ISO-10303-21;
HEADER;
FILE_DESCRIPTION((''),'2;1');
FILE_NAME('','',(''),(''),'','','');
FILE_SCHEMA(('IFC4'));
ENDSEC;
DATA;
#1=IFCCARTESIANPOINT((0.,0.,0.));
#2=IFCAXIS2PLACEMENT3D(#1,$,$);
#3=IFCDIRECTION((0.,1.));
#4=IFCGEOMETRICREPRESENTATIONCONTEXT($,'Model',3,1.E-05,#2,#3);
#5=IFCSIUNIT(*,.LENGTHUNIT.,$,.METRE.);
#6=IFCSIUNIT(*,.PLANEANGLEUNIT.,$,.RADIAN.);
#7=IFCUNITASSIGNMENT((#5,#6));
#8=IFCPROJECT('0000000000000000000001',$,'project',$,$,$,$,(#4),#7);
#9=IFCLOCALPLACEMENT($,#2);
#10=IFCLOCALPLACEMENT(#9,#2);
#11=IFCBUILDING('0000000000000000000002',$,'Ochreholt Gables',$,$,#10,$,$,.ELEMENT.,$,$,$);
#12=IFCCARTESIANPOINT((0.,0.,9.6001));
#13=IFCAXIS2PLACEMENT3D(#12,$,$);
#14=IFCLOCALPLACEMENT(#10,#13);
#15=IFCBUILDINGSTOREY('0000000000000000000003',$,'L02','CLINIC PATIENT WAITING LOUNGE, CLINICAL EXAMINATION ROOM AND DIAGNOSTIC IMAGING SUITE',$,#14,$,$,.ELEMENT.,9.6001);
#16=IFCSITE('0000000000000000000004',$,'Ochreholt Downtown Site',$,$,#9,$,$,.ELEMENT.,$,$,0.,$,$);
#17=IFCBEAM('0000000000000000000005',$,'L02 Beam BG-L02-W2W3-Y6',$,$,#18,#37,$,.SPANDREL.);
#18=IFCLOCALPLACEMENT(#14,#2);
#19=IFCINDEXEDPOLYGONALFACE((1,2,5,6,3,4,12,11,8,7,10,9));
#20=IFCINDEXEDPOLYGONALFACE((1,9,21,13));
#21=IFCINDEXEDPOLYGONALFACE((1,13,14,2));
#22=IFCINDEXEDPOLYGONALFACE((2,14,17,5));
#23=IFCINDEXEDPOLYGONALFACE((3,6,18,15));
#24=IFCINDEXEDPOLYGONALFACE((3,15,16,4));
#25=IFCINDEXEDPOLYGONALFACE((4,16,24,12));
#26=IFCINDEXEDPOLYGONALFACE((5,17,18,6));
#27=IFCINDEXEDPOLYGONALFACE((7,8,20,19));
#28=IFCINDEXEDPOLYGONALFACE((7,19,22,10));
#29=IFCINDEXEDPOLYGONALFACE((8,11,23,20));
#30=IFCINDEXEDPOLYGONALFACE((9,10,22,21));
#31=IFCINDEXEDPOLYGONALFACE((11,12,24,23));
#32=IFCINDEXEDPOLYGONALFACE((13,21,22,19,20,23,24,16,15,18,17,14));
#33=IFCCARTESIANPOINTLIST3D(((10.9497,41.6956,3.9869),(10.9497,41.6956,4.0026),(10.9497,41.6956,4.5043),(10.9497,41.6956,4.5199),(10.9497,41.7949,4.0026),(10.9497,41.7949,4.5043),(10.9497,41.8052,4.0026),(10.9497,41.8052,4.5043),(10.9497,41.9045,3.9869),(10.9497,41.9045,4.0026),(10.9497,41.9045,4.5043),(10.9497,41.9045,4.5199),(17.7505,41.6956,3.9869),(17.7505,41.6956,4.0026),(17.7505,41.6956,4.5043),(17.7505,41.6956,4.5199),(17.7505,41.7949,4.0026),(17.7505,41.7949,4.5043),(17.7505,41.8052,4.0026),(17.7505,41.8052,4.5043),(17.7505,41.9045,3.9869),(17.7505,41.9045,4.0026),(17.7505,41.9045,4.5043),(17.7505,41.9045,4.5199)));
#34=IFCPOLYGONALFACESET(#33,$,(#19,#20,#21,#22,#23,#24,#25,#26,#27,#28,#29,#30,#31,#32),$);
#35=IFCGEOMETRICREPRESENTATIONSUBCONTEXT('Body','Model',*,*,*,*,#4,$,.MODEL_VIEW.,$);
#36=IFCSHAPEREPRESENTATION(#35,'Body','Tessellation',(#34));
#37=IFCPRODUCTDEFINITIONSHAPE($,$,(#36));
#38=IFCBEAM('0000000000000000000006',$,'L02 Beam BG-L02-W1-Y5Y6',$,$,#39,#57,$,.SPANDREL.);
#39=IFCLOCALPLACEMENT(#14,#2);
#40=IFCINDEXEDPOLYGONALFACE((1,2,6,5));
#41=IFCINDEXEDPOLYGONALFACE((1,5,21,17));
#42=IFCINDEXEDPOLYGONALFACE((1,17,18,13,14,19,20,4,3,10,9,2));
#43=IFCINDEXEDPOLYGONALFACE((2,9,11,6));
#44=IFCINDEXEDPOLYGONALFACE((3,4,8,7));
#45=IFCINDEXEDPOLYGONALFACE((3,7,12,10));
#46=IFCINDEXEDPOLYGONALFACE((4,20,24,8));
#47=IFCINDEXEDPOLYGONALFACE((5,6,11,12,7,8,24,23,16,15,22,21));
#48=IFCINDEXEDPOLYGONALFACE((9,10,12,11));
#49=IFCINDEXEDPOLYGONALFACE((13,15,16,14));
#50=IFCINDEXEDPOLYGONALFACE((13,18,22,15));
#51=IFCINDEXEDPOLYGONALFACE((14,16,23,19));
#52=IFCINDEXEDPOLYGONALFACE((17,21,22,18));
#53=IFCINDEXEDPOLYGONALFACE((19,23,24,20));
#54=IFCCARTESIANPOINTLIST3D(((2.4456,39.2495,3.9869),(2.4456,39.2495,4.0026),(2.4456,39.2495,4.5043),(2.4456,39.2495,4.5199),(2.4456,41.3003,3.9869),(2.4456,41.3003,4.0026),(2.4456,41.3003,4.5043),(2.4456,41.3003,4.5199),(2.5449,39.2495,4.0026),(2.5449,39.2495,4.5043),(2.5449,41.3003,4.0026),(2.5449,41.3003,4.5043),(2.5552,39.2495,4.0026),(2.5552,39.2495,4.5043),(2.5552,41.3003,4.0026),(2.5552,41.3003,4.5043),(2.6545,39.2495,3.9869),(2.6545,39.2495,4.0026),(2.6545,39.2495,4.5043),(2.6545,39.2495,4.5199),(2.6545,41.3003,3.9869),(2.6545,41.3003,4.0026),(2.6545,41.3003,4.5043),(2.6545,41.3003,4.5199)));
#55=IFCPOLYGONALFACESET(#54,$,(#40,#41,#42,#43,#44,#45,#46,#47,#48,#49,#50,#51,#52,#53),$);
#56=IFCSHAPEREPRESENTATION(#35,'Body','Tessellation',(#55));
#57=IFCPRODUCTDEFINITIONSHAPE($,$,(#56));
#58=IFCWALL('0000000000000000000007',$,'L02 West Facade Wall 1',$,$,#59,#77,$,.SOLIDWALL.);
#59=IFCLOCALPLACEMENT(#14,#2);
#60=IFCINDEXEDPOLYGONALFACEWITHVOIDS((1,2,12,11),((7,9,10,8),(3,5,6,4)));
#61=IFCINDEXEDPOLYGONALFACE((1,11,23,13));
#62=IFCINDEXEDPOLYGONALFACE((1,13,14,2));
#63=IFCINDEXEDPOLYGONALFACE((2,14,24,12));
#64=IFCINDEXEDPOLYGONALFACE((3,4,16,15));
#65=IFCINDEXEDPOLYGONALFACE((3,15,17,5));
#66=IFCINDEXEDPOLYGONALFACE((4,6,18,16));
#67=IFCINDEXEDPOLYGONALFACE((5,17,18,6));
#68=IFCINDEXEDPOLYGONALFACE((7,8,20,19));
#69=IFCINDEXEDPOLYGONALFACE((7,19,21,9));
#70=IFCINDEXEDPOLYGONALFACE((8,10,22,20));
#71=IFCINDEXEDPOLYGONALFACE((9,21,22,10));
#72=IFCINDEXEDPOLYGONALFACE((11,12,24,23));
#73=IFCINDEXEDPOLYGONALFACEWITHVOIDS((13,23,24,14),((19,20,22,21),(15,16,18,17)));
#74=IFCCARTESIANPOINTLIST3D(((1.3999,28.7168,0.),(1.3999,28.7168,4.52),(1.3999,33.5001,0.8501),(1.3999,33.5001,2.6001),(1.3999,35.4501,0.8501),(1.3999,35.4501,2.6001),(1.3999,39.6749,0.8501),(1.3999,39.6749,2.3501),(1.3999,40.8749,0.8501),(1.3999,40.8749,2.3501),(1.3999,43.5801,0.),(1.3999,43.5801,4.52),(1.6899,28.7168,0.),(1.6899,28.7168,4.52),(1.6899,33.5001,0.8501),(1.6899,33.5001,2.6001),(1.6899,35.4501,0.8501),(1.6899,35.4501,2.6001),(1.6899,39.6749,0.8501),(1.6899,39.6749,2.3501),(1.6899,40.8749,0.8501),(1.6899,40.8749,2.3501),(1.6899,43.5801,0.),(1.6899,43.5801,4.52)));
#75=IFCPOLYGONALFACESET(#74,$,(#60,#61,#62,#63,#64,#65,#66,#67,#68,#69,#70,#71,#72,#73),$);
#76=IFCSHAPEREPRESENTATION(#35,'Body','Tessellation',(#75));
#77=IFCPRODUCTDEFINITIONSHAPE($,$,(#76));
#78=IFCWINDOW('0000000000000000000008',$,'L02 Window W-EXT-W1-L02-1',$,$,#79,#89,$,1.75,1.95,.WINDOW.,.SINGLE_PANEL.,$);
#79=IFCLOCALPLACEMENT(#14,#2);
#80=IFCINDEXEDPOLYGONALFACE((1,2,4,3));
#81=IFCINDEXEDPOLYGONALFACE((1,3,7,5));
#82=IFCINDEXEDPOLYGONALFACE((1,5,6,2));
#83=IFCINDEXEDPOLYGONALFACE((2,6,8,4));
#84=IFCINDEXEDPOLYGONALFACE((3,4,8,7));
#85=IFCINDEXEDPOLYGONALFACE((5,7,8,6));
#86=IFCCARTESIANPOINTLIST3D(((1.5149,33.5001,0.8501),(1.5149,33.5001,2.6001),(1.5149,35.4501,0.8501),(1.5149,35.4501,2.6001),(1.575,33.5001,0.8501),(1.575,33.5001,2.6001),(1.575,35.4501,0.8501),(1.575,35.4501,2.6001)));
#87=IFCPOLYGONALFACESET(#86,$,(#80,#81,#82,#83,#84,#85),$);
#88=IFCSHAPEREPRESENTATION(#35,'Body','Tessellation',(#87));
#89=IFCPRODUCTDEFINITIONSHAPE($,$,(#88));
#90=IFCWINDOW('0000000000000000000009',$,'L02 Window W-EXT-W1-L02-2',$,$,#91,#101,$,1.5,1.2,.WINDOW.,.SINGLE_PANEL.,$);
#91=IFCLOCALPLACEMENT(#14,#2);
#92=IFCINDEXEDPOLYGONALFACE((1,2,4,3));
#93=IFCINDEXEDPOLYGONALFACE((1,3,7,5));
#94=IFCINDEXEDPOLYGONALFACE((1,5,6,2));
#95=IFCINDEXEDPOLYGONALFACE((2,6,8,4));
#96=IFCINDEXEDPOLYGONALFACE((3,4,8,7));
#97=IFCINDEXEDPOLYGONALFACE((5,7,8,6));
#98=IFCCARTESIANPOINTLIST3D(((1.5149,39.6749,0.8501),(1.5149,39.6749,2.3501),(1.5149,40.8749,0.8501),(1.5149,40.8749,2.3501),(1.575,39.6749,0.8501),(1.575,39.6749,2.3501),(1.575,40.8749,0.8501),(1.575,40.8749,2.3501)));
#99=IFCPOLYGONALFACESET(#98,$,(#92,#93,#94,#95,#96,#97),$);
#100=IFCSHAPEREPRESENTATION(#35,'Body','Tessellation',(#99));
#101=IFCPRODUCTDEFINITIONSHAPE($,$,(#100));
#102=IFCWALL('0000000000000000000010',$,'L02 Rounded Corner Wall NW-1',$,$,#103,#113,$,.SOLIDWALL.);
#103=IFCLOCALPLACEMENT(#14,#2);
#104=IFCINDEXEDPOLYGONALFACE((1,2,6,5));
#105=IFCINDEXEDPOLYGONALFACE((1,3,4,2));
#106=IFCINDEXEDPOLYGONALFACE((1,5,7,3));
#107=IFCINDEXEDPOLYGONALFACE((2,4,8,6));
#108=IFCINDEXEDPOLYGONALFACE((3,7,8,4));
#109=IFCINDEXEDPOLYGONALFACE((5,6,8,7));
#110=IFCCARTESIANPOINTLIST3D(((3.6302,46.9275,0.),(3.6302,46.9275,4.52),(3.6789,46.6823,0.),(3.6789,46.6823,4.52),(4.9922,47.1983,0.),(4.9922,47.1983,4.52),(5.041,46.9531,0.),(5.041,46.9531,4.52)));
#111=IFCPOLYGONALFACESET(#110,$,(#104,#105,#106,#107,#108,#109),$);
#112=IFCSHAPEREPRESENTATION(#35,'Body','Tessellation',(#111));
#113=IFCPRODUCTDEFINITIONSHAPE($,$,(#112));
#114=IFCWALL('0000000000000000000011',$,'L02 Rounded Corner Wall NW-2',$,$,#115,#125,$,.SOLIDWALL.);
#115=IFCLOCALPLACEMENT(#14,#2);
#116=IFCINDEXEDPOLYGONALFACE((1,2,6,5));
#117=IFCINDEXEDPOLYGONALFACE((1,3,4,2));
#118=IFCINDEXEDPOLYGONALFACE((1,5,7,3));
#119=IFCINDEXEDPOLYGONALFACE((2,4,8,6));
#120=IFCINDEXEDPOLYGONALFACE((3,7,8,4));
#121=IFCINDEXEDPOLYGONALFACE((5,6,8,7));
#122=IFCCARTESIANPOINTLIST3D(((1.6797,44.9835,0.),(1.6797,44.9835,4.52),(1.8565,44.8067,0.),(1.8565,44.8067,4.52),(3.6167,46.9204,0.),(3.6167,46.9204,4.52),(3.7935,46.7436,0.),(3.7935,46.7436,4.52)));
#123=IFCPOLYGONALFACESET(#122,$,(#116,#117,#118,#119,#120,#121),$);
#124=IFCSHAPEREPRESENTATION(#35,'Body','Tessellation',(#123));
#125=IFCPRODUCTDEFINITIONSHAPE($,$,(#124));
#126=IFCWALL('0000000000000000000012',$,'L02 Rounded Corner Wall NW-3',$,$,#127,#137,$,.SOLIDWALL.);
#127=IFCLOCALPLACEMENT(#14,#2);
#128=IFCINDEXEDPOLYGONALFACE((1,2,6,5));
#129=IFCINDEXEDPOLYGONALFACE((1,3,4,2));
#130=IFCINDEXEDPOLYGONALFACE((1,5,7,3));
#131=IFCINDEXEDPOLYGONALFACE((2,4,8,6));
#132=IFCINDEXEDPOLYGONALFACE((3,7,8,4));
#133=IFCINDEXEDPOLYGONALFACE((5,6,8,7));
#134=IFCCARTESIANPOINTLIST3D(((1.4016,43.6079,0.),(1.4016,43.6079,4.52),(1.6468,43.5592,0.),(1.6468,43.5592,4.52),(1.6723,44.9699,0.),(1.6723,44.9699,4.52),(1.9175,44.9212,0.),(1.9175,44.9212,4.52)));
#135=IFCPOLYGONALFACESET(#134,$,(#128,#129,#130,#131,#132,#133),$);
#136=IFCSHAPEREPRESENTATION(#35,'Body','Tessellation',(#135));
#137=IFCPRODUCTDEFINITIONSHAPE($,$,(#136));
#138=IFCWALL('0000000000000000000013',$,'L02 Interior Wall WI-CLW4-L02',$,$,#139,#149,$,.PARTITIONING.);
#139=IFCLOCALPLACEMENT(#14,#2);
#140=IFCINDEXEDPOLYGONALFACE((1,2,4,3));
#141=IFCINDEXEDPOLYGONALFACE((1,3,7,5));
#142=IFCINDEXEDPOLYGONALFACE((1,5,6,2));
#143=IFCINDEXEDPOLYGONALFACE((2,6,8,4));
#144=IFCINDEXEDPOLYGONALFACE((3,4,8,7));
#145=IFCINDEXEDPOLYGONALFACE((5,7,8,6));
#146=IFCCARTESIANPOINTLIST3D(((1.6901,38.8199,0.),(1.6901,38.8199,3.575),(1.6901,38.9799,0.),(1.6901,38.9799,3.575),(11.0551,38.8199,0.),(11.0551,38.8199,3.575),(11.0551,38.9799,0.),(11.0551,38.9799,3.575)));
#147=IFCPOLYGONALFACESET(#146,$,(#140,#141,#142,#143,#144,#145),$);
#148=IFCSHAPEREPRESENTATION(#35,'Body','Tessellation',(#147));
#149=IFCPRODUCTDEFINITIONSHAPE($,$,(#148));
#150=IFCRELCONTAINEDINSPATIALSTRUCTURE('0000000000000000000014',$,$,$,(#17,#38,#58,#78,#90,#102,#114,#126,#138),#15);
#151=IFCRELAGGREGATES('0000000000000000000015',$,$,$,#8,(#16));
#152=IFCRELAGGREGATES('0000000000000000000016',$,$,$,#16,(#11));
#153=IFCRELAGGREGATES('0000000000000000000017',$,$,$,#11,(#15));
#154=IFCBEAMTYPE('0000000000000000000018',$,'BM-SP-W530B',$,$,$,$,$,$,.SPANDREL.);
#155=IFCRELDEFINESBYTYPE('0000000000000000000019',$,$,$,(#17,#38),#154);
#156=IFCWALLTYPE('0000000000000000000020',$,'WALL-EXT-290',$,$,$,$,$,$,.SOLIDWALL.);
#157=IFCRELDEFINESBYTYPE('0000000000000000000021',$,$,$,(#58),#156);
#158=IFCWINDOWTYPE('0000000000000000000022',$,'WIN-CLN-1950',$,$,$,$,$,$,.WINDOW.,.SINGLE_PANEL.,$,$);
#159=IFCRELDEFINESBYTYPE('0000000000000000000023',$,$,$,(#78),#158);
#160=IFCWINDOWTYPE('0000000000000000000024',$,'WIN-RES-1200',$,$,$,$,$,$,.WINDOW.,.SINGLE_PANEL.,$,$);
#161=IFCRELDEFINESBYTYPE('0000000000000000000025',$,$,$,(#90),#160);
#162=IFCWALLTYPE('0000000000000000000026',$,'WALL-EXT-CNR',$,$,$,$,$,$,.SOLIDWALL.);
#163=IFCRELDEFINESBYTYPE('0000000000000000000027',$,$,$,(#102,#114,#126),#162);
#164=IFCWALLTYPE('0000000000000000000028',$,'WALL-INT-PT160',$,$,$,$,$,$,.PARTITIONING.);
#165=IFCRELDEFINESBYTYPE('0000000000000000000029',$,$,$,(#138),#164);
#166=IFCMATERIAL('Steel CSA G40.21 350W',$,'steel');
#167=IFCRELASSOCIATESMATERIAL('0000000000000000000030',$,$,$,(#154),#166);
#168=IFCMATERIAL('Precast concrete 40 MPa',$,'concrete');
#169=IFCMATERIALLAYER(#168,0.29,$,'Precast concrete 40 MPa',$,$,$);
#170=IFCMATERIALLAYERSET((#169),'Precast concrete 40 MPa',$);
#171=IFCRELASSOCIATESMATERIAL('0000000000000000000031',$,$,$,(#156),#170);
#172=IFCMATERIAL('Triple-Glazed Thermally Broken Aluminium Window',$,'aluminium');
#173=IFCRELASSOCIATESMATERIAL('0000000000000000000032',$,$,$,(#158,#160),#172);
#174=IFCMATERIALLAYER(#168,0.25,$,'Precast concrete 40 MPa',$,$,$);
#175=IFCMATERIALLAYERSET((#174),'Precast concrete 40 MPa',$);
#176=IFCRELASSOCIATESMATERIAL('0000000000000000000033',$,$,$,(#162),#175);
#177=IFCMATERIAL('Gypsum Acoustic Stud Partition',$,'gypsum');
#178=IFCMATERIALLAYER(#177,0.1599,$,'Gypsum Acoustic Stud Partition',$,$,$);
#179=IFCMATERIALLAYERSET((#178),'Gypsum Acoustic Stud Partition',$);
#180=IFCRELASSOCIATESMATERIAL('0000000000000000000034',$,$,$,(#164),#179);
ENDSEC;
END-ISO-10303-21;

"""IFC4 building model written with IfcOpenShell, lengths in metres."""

from ifc_helpers import new_model, si_unit, direction, frame, frame_2d, origin, origin_2d, place, context, subcontext, project, spatial, rectangle, i_section, extrude, material, layer, layer_set, material_profile, profile_set, type_object, element, fill, save


model = new_model("IFC4")

# Units and contexts
model_context = context("Model", 3, precision=1e-05, world=origin(), true_north=direction((0.0, 1.0)))
body_context = subcontext(model_context, "Body", "Model", "MODEL_VIEW")
ifc_project = project(units=[si_unit("LENGTHUNIT", "METRE"), si_unit("PLANEANGLEUNIT", "RADIAN")], contexts=[model_context])

# Site, building, storey
site_placement = place(None, origin())
site = spatial("IfcSite", under=ifc_project, at=site_placement, Name="Ochreholt Downtown Site", CompositionType="ELEMENT", RefElevation=0.0)
building_placement = place(site_placement, origin())
building = spatial("IfcBuilding", under=site, at=building_placement, Name="Ochreholt Gables", CompositionType="ELEMENT")
storey_placement = place(building_placement, frame((0.0, 0.0, 9.6001)))
storey = spatial("IfcBuildingStorey", under=building, at=storey_placement, Name="L02", Description="CLINIC PATIENT WAITING LOUNGE, CLINICAL EXAMINATION ROOM AND DIAGNOSTIC IMAGING SUITE", CompositionType="ELEMENT", Elevation=9.6001)

# Beams
ifc_material_1 = material(Name="Steel CSA G40.21 350W", Category="steel")
ifc_material_profile_1 = material_profile(ifc_material_1, i_section(OverallWidth=0.209, OverallDepth=0.533, WebThickness=0.0103, FlangeThickness=0.0156, at=origin_2d()), Name="W530X92")
ifc_profile_set_1 = profile_set([ifc_material_profile_1], Name="Steel CSA G40.21 350W")
beam_type_1 = type_object("IfcBeamType", Name="BM-SP-W530B", PredefinedType="SPANDREL", material=ifc_profile_set_1)
beam_1_placement = place(storey_placement, frame((10.9497, 41.8, 4.2534), z_axis=(1.0, 0.0, 0.0), x_axis=(0.0, 1.0, 0.0)))
element("IfcBeam", 1, at=beam_1_placement, inside=storey, type_object=beam_type_1, Name="L02 Beam BG-L02-W2W3-Y6", PredefinedType="SPANDREL", context=body_context, shape_type="SweptSolid", body=[
    extrude(i_section(OverallWidth=0.209, OverallDepth=0.533, WebThickness=0.0103, FlangeThickness=0.0156, at=origin_2d()), origin(), (0.0, 0.0, 1.0), 6.8008),
])
beam_2_placement = place(storey_placement, frame((2.55, 39.2495, 4.2534), z_axis=(0.0, 1.0, 0.0), x_axis=(-1.0, 0.0, 0.0)))
element("IfcBeam", 2, at=beam_2_placement, inside=storey, type_object=beam_type_1, Name="L02 Beam BG-L02-W1-Y5Y6", PredefinedType="SPANDREL", context=body_context, shape_type="SweptSolid", body=[
    extrude(i_section(OverallWidth=0.209, OverallDepth=0.533, WebThickness=0.0103, FlangeThickness=0.0156, at=origin_2d()), origin(), (0.0, 0.0, 1.0), 2.0508),
])

# Wall, openings, windows
ifc_material_2 = material(Name="Precast concrete 40 MPa", Category="concrete")
ifc_layer_1 = layer(ifc_material_2, 0.29, Name="Precast concrete 40 MPa")
ifc_layer_set_1 = layer_set([ifc_layer_1], Name="Precast concrete 40 MPa")
wall_type_1 = type_object("IfcWallType", Name="WALL-EXT-290", PredefinedType="SOLIDWALL", material=ifc_layer_set_1)
wall_1_placement = place(storey_placement, frame((1.5449, 43.5801, 0.0), z_axis=(0.0, 0.0, 1.0), x_axis=(0.0, -1.0, 0.0)))
wall_1 = element("IfcWall", 3, at=wall_1_placement, inside=storey, type_object=wall_type_1, Name="L02 West Facade Wall 1", PredefinedType="SOLIDWALL", context=body_context, shape_type="SweptSolid", body=[
    extrude(rectangle(XDim=14.8633, YDim=0.29, at=frame_2d((7.4316, 0.0))), origin(), (0.0, 0.0, 1.0), 4.52),
])
opening_1_placement = place(wall_1_placement, frame((8.1299, 0.0, 0.8501)))
opening_1 = element("IfcOpeningElement", 4, at=opening_1_placement, cuts=wall_1, PredefinedType="OPENING", context=body_context, shape_type="SweptSolid", body=[
    extrude(rectangle(XDim=1.95, YDim=1.75, at=frame_2d((0.9751, 0.875))), frame((0.0, 0.155, 0.0), z_axis=(0.0, -1.0, 0.0), x_axis=(1.0, 0.0, 0.0)), (0.0, 0.0, 1.0), 0.3101),
])
opening_2_placement = place(wall_1_placement, frame((2.7051, 0.0, 0.8501)))
opening_2 = element("IfcOpeningElement", 5, at=opening_2_placement, cuts=wall_1, PredefinedType="OPENING", context=body_context, shape_type="SweptSolid", body=[
    extrude(rectangle(XDim=1.2, YDim=1.5, at=frame_2d((0.6001, 0.75))), frame((0.0, 0.155, 0.0), z_axis=(0.0, -1.0, 0.0), x_axis=(1.0, 0.0, 0.0)), (0.0, 0.0, 1.0), 0.3101),
])
ifc_material_3 = material(Name="Triple-Glazed Thermally Broken Aluminium Window", Category="aluminium")
window_type_1 = type_object("IfcWindowType", Name="WIN-CLN-1950", PartitioningType="SINGLE_PANEL", PredefinedType="WINDOW", material=ifc_material_3)
window_1_placement = place(opening_1_placement, origin())
window_1 = element("IfcWindow", 6, at=window_1_placement, inside=storey, type_object=window_type_1, Name="L02 Window W-EXT-W1-L02-1", OverallHeight=1.75, OverallWidth=1.95, PartitioningType="SINGLE_PANEL", PredefinedType="WINDOW", context=body_context, shape_type="SweptSolid", body=[
    extrude(rectangle(XDim=1.95, YDim=1.75, at=frame_2d((0.9751, 0.875))), frame((0.0, 0.03, 0.0), z_axis=(0.0, -1.0, 0.0), x_axis=(1.0, 0.0, 0.0)), (0.0, 0.0, 1.0), 0.0601),
])
fill(opening_1, window_1)
window_type_2 = type_object("IfcWindowType", Name="WIN-RES-1200", PartitioningType="SINGLE_PANEL", PredefinedType="WINDOW", material=ifc_material_3)
window_2_placement = place(opening_2_placement, origin())
window_2 = element("IfcWindow", 7, at=window_2_placement, inside=storey, type_object=window_type_2, Name="L02 Window W-EXT-W1-L02-2", OverallHeight=1.5, OverallWidth=1.2, PartitioningType="SINGLE_PANEL", PredefinedType="WINDOW", context=body_context, shape_type="SweptSolid", body=[
    extrude(rectangle(XDim=1.2, YDim=1.5, at=frame_2d((0.6001, 0.75))), frame((0.0, 0.03, 0.0), z_axis=(0.0, -1.0, 0.0), x_axis=(1.0, 0.0, 0.0)), (0.0, 0.0, 1.0), 0.0601),
])
fill(opening_2, window_2)

# Walls
ifc_layer_2 = layer(ifc_material_2, 0.25, Name="Precast concrete 40 MPa")
ifc_layer_set_2 = layer_set([ifc_layer_2], Name="Precast concrete 40 MPa")
wall_type_2 = type_object("IfcWallType", Name="WALL-EXT-CNR", PredefinedType="SOLIDWALL", material=ifc_layer_set_2)
wall_2_placement = place(storey_placement, frame((5.0166, 47.0757, 0.0), z_axis=(0.0, 0.0, 1.0), x_axis=(-0.98081, -0.194967, 0.0)))
element("IfcWall", 8, at=wall_2_placement, inside=storey, type_object=wall_type_2, Name="L02 Rounded Corner Wall NW-1", PredefinedType="SOLIDWALL", context=body_context, shape_type="SweptSolid", body=[
    extrude(rectangle(XDim=1.3887, YDim=0.25, at=frame_2d((0.6943, 0.0))), origin(), (0.0, 0.0, 1.0), 4.52),
])
wall_3_placement = place(storey_placement, frame((3.7051, 46.832, 0.0), z_axis=(0.0, 0.0, 1.0), x_axis=(-0.707107, -0.707107, 0.0)))
element("IfcWall", 9, at=wall_3_placement, inside=storey, type_object=wall_type_2, Name="L02 Rounded Corner Wall NW-2", PredefinedType="SOLIDWALL", context=body_context, shape_type="SweptSolid", body=[
    extrude(rectangle(XDim=2.7393, YDim=0.25, at=frame_2d((1.3696, 0.0))), origin(), (0.0, 0.0, 1.0), 4.52),
])
wall_4_placement = place(storey_placement, frame((1.7949, 44.9456, 0.0), z_axis=(0.0, 0.0, 1.0), x_axis=(-0.194967, -0.98081, 0.0)))
element("IfcWall", 10, at=wall_4_placement, inside=storey, type_object=wall_type_2, Name="L02 Rounded Corner Wall NW-3", PredefinedType="SOLIDWALL", context=body_context, shape_type="SweptSolid", body=[
    extrude(rectangle(XDim=1.3887, YDim=0.25, at=frame_2d((0.6943, 0.0))), origin(), (0.0, 0.0, 1.0), 4.52),
])
ifc_material_4 = material(Name="Gypsum Acoustic Stud Partition", Category="gypsum")
ifc_layer_3 = layer(ifc_material_4, 0.1599, Name="Gypsum Acoustic Stud Partition")
ifc_layer_set_3 = layer_set([ifc_layer_3], Name="Gypsum Acoustic Stud Partition")
wall_type_3 = type_object("IfcWallType", Name="WALL-INT-PT160", PredefinedType="PARTITIONING", material=ifc_layer_set_3)
wall_5_placement = place(storey_placement, frame((1.6899, 38.8999, 0.0), z_axis=(0.0, 0.0, 1.0), x_axis=(1.0, 0.0, 0.0)))
element("IfcWall", 11, at=wall_5_placement, inside=storey, type_object=wall_type_3, Name="L02 Interior Wall WI-CLW4-L02", PredefinedType="PARTITIONING", context=body_context, shape_type="SweptSolid", body=[
    extrude(rectangle(XDim=9.365, YDim=0.1599, at=frame_2d((4.6826, 0.0))), origin(), (0.0, 0.0, 1.0), 3.575),
])

save(model, "model.ifc")
